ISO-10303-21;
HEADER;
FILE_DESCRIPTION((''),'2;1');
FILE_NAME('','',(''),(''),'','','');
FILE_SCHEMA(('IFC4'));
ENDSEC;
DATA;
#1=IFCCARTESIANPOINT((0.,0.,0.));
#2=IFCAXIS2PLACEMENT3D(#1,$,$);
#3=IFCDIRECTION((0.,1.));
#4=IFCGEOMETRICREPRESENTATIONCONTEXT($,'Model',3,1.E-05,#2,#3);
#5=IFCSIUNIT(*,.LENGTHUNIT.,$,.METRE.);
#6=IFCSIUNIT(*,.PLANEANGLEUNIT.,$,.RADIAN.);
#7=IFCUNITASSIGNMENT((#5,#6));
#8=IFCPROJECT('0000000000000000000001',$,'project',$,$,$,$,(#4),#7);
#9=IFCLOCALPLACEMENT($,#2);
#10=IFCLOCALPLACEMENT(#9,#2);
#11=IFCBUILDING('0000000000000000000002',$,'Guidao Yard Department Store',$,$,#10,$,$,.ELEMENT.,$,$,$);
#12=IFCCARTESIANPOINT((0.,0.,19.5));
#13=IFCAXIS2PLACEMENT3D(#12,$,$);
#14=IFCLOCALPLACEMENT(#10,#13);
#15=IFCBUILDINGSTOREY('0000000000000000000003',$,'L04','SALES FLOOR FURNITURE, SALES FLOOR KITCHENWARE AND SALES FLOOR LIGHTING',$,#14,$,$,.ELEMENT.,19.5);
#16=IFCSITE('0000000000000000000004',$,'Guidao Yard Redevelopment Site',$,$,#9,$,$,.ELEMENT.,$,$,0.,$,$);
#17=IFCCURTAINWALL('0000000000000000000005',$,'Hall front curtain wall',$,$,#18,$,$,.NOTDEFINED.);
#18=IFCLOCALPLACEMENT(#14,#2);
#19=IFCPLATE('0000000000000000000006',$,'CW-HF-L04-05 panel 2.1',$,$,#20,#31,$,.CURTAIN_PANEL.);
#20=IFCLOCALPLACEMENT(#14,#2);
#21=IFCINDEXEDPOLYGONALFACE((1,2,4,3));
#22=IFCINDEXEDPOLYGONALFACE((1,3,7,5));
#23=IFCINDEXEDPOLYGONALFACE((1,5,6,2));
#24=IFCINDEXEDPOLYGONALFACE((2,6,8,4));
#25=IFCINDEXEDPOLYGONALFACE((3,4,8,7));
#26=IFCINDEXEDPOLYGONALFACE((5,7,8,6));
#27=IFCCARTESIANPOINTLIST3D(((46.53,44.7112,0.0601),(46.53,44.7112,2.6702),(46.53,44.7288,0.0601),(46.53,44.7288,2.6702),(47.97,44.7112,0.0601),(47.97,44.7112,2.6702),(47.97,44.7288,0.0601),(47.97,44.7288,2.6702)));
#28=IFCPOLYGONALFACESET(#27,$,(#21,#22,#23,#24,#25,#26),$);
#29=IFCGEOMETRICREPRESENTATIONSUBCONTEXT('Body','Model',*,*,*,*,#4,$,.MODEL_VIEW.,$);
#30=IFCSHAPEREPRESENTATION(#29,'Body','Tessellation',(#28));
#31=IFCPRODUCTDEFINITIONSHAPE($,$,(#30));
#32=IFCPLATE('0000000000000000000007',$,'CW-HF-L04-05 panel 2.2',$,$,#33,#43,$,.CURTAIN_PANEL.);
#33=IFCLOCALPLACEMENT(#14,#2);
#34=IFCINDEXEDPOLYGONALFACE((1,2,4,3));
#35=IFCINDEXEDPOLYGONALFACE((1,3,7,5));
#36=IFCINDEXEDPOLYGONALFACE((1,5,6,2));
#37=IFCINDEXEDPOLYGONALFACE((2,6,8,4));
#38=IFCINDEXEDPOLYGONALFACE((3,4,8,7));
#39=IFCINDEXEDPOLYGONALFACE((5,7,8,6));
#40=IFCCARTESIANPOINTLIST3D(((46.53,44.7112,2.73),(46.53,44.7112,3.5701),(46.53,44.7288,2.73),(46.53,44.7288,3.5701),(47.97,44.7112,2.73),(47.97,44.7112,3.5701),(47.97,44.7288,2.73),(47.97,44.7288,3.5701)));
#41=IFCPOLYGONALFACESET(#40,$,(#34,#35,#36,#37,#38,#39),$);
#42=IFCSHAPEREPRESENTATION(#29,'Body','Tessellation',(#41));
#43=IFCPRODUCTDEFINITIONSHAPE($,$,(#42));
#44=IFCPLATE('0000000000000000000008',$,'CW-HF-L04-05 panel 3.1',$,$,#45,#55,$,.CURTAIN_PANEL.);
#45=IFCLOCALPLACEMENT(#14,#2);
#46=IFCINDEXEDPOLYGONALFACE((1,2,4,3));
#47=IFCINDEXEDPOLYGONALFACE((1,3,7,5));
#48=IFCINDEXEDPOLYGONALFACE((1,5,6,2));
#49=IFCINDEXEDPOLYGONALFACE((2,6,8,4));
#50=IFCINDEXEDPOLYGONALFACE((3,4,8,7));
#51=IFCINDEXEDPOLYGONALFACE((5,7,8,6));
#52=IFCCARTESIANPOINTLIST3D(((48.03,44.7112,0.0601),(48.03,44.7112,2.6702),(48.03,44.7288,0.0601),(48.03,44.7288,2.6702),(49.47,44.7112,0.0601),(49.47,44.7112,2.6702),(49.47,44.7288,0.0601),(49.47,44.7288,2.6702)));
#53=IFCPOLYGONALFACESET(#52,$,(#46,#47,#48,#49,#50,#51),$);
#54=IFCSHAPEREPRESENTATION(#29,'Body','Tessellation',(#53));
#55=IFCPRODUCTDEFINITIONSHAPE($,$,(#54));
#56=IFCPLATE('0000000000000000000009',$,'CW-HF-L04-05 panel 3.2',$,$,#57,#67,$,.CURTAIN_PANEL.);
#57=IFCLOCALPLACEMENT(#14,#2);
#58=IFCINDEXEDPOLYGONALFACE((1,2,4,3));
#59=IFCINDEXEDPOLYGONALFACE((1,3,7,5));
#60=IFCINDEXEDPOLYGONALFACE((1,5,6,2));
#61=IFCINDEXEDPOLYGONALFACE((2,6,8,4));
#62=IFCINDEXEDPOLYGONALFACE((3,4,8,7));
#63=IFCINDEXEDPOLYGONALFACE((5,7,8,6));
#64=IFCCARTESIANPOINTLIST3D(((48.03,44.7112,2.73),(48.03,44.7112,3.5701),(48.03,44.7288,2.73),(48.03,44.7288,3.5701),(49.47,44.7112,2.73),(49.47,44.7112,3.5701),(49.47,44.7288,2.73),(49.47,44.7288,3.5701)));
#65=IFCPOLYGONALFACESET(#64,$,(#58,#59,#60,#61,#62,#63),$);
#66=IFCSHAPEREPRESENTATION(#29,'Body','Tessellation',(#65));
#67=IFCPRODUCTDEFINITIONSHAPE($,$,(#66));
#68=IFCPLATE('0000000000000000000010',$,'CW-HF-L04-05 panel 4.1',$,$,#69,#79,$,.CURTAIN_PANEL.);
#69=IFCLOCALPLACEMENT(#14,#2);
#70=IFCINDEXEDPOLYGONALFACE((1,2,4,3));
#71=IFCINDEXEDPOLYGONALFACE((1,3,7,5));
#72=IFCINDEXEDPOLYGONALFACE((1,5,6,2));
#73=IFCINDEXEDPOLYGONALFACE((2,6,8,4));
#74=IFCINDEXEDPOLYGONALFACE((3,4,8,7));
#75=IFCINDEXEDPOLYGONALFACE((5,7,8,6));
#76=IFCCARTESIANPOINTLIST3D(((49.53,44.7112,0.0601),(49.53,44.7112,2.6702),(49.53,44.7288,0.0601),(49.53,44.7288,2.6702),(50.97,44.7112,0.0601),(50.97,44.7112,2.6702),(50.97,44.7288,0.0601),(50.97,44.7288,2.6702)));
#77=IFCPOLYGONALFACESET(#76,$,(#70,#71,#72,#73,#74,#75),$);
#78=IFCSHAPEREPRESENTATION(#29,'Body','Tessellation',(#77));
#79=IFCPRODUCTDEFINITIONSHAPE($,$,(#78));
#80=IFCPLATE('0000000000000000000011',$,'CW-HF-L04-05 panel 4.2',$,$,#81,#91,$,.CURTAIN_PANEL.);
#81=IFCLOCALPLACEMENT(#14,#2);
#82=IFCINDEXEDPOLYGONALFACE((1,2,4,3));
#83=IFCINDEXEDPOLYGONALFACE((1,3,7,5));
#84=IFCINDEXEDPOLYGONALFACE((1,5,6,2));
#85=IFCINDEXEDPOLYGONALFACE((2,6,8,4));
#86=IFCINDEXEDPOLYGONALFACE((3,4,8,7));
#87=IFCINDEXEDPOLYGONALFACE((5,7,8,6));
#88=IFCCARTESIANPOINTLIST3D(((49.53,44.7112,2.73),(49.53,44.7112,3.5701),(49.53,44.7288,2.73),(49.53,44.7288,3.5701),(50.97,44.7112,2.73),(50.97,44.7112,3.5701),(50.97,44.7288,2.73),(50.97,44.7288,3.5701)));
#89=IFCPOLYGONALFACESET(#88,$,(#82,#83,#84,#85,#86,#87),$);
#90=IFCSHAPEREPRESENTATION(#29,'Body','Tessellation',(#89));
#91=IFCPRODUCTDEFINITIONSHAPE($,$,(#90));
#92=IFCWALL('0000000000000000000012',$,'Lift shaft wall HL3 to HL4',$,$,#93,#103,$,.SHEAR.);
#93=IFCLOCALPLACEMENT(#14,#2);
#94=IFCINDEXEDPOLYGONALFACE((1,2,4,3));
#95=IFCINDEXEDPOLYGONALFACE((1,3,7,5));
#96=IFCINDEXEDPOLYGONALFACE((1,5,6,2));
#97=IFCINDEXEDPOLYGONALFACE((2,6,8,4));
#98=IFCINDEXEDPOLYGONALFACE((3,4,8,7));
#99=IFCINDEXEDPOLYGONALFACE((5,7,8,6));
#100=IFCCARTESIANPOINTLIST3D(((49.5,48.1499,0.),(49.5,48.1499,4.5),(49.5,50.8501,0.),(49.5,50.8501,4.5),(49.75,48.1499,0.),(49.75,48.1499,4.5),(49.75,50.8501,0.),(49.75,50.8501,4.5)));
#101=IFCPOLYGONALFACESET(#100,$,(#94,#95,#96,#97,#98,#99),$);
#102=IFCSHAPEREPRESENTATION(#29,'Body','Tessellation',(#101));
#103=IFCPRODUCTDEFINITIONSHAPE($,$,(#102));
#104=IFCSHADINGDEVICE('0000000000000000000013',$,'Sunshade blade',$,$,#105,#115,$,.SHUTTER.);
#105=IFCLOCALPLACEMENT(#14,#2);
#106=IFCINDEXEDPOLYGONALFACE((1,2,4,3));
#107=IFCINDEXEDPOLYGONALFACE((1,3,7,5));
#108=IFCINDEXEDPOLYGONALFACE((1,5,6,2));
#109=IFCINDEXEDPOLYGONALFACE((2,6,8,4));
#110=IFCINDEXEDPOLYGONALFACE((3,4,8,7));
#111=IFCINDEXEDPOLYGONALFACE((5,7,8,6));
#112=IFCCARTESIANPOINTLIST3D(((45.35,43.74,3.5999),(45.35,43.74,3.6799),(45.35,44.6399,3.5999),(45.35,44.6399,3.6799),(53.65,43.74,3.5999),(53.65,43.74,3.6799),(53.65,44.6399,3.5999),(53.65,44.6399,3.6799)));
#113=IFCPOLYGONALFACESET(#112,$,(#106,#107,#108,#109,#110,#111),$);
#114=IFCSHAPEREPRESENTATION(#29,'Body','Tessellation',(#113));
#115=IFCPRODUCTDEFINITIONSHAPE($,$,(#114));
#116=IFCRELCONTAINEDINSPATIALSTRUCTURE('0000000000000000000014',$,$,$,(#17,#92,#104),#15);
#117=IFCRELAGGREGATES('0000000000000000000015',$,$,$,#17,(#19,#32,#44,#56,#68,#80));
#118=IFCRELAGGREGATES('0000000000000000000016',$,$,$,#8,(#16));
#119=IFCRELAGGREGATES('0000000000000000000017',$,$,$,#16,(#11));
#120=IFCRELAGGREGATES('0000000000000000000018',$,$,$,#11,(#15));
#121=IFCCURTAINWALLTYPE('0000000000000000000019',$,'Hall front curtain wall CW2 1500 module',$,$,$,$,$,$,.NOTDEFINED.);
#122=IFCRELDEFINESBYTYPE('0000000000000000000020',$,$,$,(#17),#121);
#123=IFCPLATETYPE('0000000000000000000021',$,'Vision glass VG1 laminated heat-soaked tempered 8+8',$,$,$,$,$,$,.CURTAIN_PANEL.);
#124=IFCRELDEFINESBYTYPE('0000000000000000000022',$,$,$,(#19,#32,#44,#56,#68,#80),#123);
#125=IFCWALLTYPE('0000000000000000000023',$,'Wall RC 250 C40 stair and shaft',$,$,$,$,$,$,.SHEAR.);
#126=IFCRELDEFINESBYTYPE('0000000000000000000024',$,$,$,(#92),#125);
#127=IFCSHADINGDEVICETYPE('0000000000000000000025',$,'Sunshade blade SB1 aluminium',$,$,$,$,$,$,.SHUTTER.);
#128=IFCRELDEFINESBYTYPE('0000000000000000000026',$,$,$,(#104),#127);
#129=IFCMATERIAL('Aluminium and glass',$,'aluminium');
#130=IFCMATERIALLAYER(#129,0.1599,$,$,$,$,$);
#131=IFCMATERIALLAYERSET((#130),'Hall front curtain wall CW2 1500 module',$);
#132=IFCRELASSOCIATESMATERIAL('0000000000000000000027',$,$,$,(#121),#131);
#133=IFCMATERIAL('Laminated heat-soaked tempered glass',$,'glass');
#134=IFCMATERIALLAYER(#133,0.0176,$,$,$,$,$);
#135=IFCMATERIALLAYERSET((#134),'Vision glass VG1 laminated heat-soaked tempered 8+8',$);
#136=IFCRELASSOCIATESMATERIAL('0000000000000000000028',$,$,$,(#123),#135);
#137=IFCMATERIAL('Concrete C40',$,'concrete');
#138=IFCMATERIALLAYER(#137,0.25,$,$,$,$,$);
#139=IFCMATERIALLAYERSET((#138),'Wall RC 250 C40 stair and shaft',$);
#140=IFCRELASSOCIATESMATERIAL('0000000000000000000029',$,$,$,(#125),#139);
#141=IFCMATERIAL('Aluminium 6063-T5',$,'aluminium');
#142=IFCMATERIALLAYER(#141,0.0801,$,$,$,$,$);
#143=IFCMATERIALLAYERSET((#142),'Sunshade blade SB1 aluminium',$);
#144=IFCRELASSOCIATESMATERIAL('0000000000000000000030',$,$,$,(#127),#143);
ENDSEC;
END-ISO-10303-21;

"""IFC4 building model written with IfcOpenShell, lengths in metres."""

from ifc_helpers import new_model, si_unit, direction, frame, frame_2d, origin, origin_2d, place, context, subcontext, project, spatial, rectangle, extrude, material, layer, layer_set, type_object, element, aggregate, save


model = new_model("IFC4")

# Units and contexts
model_context = context("Model", 3, precision=1e-05, world=origin(), true_north=direction((0.0, 1.0)))
body_context = subcontext(model_context, "Body", "Model", "MODEL_VIEW")
ifc_project = project(units=[si_unit("LENGTHUNIT", "METRE"), si_unit("PLANEANGLEUNIT", "RADIAN")], contexts=[model_context])

# Site, building, storey
site_placement = place(None, origin())
site = spatial("IfcSite", under=ifc_project, at=site_placement, Name="Guidao Yard Redevelopment Site", CompositionType="ELEMENT", RefElevation=0.0)
building_placement = place(site_placement, origin())
building = spatial("IfcBuilding", under=site, at=building_placement, Name="Guidao Yard Department Store", CompositionType="ELEMENT")
storey_placement = place(building_placement, frame((0.0, 0.0, 19.5)))
storey = spatial("IfcBuildingStorey", under=building, at=storey_placement, Name="L04", Description="SALES FLOOR FURNITURE, SALES FLOOR KITCHENWARE AND SALES FLOOR LIGHTING", CompositionType="ELEMENT", Elevation=19.5)

# Curtain wall, plates
ifc_material_1 = material(Name="Aluminium and glass", Category="aluminium")
ifc_layer_1 = layer(ifc_material_1, 0.1599)
ifc_layer_set_1 = layer_set([ifc_layer_1], Name="Hall front curtain wall CW2 1500 module")
curtain_wall_type = type_object("IfcCurtainWallType", Name="Hall front curtain wall CW2 1500 module", PredefinedType="NOTDEFINED", material=ifc_layer_set_1)
curtain_wall_placement = place(storey_placement, origin())
curtain_wall = element("IfcCurtainWall", 1, at=curtain_wall_placement, inside=storey, type_object=curtain_wall_type, Name="Hall front curtain wall", PredefinedType="NOTDEFINED")
ifc_material_2 = material(Name="Laminated heat-soaked tempered glass", Category="glass")
ifc_layer_2 = layer(ifc_material_2, 0.0176)
ifc_layer_set_2 = layer_set([ifc_layer_2], Name="Vision glass VG1 laminated heat-soaked tempered 8+8")
plate_type_1 = type_object("IfcPlateType", Name="Vision glass VG1 laminated heat-soaked tempered 8+8", PredefinedType="CURTAIN_PANEL", material=ifc_layer_set_2)
plate_1_placement = place(storey_placement, frame((47.25, 44.72, 0.0601), z_axis=(0.0, 0.0, 1.0), x_axis=(-1.0, 0.0, 0.0)))
plate_1 = element("IfcPlate", 2, at=plate_1_placement, type_object=plate_type_1, Name="CW-HF-L04-05 panel 2.1", PredefinedType="CURTAIN_PANEL", context=body_context, shape_type="SweptSolid", body=[
    extrude(rectangle(XDim=1.4399, YDim=0.0176, at=origin_2d()), origin(), (0.0, 0.0, 1.0), 2.6101),
])
plate_2_placement = place(storey_placement, frame((47.25, 44.72, 2.73), z_axis=(0.0, 0.0, 1.0), x_axis=(-1.0, 0.0, 0.0)))
plate_2 = element("IfcPlate", 3, at=plate_2_placement, type_object=plate_type_1, Name="CW-HF-L04-05 panel 2.2", PredefinedType="CURTAIN_PANEL", context=body_context, shape_type="SweptSolid", body=[
    extrude(rectangle(XDim=1.4399, YDim=0.0176, at=origin_2d()), origin(), (0.0, 0.0, 1.0), 0.8401),
])
plate_3_placement = place(storey_placement, frame((48.75, 44.72, 0.0601), z_axis=(0.0, 0.0, 1.0), x_axis=(-1.0, 0.0, 0.0)))
plate_3 = element("IfcPlate", 4, at=plate_3_placement, type_object=plate_type_1, Name="CW-HF-L04-05 panel 3.1", PredefinedType="CURTAIN_PANEL", context=body_context, shape_type="SweptSolid", body=[
    extrude(rectangle(XDim=1.4399, YDim=0.0176, at=origin_2d()), origin(), (0.0, 0.0, 1.0), 2.6101),
])
plate_4_placement = place(storey_placement, frame((48.75, 44.72, 2.73), z_axis=(0.0, 0.0, 1.0), x_axis=(-1.0, 0.0, 0.0)))
plate_4 = element("IfcPlate", 5, at=plate_4_placement, type_object=plate_type_1, Name="CW-HF-L04-05 panel 3.2", PredefinedType="CURTAIN_PANEL", context=body_context, shape_type="SweptSolid", body=[
    extrude(rectangle(XDim=1.4399, YDim=0.0176, at=origin_2d()), origin(), (0.0, 0.0, 1.0), 0.8401),
])
plate_5_placement = place(storey_placement, frame((50.25, 44.72, 0.0601), z_axis=(0.0, 0.0, 1.0), x_axis=(-1.0, 0.0, 0.0)))
plate_5 = element("IfcPlate", 6, at=plate_5_placement, type_object=plate_type_1, Name="CW-HF-L04-05 panel 4.1", PredefinedType="CURTAIN_PANEL", context=body_context, shape_type="SweptSolid", body=[
    extrude(rectangle(XDim=1.4399, YDim=0.0176, at=origin_2d()), origin(), (0.0, 0.0, 1.0), 2.6101),
])
plate_6_placement = place(storey_placement, frame((50.25, 44.72, 2.73), z_axis=(0.0, 0.0, 1.0), x_axis=(-1.0, 0.0, 0.0)))
plate_6 = element("IfcPlate", 7, at=plate_6_placement, type_object=plate_type_1, Name="CW-HF-L04-05 panel 4.2", PredefinedType="CURTAIN_PANEL", context=body_context, shape_type="SweptSolid", body=[
    extrude(rectangle(XDim=1.4399, YDim=0.0176, at=origin_2d()), origin(), (0.0, 0.0, 1.0), 0.8401),
])
aggregate(curtain_wall, [plate_1, plate_2, plate_3, plate_4, plate_5, plate_6])

# Wall
ifc_material_3 = material(Name="Concrete C40", Category="concrete")
ifc_layer_3 = layer(ifc_material_3, 0.25)
ifc_layer_set_3 = layer_set([ifc_layer_3], Name="Wall RC 250 C40 stair and shaft")
wall_type = type_object("IfcWallType", Name="Wall RC 250 C40 stair and shaft", PredefinedType="SHEAR", material=ifc_layer_set_3)
wall_placement = place(storey_placement, frame((49.625, 48.1499, 0.0), z_axis=(0.0, 0.0, 1.0), x_axis=(0.0, 1.0, 0.0)))
element("IfcWall", 8, at=wall_placement, inside=storey, type_object=wall_type, Name="Lift shaft wall HL3 to HL4", PredefinedType="SHEAR", context=body_context, shape_type="SweptSolid", body=[
    extrude(rectangle(XDim=2.7002, YDim=0.25, at=frame_2d((1.3501, 0.0))), origin(), (0.0, 0.0, 1.0), 4.5),
])

# Shading device
ifc_material_4 = material(Name="Aluminium 6063-T5", Category="aluminium")
ifc_layer_4 = layer(ifc_material_4, 0.0801)
ifc_layer_set_4 = layer_set([ifc_layer_4], Name="Sunshade blade SB1 aluminium")
shading_device_type = type_object("IfcShadingDeviceType", Name="Sunshade blade SB1 aluminium", PredefinedType="SHUTTER", material=ifc_layer_set_4)
shading_device_placement = place(storey_placement, frame((49.5, 44.1899, 3.5999), z_axis=(0.0, 0.0, 1.0), x_axis=(-1.0, 0.0, 0.0)))
element("IfcShadingDevice", 9, at=shading_device_placement, inside=storey, type_object=shading_device_type, Name="Sunshade blade", PredefinedType="SHUTTER", context=body_context, shape_type="SweptSolid", body=[
    extrude(rectangle(XDim=8.3, YDim=0.8999, at=origin_2d()), origin(), (0.0, 0.0, 1.0), 0.0801),
])

save(model, "model.ifc")
